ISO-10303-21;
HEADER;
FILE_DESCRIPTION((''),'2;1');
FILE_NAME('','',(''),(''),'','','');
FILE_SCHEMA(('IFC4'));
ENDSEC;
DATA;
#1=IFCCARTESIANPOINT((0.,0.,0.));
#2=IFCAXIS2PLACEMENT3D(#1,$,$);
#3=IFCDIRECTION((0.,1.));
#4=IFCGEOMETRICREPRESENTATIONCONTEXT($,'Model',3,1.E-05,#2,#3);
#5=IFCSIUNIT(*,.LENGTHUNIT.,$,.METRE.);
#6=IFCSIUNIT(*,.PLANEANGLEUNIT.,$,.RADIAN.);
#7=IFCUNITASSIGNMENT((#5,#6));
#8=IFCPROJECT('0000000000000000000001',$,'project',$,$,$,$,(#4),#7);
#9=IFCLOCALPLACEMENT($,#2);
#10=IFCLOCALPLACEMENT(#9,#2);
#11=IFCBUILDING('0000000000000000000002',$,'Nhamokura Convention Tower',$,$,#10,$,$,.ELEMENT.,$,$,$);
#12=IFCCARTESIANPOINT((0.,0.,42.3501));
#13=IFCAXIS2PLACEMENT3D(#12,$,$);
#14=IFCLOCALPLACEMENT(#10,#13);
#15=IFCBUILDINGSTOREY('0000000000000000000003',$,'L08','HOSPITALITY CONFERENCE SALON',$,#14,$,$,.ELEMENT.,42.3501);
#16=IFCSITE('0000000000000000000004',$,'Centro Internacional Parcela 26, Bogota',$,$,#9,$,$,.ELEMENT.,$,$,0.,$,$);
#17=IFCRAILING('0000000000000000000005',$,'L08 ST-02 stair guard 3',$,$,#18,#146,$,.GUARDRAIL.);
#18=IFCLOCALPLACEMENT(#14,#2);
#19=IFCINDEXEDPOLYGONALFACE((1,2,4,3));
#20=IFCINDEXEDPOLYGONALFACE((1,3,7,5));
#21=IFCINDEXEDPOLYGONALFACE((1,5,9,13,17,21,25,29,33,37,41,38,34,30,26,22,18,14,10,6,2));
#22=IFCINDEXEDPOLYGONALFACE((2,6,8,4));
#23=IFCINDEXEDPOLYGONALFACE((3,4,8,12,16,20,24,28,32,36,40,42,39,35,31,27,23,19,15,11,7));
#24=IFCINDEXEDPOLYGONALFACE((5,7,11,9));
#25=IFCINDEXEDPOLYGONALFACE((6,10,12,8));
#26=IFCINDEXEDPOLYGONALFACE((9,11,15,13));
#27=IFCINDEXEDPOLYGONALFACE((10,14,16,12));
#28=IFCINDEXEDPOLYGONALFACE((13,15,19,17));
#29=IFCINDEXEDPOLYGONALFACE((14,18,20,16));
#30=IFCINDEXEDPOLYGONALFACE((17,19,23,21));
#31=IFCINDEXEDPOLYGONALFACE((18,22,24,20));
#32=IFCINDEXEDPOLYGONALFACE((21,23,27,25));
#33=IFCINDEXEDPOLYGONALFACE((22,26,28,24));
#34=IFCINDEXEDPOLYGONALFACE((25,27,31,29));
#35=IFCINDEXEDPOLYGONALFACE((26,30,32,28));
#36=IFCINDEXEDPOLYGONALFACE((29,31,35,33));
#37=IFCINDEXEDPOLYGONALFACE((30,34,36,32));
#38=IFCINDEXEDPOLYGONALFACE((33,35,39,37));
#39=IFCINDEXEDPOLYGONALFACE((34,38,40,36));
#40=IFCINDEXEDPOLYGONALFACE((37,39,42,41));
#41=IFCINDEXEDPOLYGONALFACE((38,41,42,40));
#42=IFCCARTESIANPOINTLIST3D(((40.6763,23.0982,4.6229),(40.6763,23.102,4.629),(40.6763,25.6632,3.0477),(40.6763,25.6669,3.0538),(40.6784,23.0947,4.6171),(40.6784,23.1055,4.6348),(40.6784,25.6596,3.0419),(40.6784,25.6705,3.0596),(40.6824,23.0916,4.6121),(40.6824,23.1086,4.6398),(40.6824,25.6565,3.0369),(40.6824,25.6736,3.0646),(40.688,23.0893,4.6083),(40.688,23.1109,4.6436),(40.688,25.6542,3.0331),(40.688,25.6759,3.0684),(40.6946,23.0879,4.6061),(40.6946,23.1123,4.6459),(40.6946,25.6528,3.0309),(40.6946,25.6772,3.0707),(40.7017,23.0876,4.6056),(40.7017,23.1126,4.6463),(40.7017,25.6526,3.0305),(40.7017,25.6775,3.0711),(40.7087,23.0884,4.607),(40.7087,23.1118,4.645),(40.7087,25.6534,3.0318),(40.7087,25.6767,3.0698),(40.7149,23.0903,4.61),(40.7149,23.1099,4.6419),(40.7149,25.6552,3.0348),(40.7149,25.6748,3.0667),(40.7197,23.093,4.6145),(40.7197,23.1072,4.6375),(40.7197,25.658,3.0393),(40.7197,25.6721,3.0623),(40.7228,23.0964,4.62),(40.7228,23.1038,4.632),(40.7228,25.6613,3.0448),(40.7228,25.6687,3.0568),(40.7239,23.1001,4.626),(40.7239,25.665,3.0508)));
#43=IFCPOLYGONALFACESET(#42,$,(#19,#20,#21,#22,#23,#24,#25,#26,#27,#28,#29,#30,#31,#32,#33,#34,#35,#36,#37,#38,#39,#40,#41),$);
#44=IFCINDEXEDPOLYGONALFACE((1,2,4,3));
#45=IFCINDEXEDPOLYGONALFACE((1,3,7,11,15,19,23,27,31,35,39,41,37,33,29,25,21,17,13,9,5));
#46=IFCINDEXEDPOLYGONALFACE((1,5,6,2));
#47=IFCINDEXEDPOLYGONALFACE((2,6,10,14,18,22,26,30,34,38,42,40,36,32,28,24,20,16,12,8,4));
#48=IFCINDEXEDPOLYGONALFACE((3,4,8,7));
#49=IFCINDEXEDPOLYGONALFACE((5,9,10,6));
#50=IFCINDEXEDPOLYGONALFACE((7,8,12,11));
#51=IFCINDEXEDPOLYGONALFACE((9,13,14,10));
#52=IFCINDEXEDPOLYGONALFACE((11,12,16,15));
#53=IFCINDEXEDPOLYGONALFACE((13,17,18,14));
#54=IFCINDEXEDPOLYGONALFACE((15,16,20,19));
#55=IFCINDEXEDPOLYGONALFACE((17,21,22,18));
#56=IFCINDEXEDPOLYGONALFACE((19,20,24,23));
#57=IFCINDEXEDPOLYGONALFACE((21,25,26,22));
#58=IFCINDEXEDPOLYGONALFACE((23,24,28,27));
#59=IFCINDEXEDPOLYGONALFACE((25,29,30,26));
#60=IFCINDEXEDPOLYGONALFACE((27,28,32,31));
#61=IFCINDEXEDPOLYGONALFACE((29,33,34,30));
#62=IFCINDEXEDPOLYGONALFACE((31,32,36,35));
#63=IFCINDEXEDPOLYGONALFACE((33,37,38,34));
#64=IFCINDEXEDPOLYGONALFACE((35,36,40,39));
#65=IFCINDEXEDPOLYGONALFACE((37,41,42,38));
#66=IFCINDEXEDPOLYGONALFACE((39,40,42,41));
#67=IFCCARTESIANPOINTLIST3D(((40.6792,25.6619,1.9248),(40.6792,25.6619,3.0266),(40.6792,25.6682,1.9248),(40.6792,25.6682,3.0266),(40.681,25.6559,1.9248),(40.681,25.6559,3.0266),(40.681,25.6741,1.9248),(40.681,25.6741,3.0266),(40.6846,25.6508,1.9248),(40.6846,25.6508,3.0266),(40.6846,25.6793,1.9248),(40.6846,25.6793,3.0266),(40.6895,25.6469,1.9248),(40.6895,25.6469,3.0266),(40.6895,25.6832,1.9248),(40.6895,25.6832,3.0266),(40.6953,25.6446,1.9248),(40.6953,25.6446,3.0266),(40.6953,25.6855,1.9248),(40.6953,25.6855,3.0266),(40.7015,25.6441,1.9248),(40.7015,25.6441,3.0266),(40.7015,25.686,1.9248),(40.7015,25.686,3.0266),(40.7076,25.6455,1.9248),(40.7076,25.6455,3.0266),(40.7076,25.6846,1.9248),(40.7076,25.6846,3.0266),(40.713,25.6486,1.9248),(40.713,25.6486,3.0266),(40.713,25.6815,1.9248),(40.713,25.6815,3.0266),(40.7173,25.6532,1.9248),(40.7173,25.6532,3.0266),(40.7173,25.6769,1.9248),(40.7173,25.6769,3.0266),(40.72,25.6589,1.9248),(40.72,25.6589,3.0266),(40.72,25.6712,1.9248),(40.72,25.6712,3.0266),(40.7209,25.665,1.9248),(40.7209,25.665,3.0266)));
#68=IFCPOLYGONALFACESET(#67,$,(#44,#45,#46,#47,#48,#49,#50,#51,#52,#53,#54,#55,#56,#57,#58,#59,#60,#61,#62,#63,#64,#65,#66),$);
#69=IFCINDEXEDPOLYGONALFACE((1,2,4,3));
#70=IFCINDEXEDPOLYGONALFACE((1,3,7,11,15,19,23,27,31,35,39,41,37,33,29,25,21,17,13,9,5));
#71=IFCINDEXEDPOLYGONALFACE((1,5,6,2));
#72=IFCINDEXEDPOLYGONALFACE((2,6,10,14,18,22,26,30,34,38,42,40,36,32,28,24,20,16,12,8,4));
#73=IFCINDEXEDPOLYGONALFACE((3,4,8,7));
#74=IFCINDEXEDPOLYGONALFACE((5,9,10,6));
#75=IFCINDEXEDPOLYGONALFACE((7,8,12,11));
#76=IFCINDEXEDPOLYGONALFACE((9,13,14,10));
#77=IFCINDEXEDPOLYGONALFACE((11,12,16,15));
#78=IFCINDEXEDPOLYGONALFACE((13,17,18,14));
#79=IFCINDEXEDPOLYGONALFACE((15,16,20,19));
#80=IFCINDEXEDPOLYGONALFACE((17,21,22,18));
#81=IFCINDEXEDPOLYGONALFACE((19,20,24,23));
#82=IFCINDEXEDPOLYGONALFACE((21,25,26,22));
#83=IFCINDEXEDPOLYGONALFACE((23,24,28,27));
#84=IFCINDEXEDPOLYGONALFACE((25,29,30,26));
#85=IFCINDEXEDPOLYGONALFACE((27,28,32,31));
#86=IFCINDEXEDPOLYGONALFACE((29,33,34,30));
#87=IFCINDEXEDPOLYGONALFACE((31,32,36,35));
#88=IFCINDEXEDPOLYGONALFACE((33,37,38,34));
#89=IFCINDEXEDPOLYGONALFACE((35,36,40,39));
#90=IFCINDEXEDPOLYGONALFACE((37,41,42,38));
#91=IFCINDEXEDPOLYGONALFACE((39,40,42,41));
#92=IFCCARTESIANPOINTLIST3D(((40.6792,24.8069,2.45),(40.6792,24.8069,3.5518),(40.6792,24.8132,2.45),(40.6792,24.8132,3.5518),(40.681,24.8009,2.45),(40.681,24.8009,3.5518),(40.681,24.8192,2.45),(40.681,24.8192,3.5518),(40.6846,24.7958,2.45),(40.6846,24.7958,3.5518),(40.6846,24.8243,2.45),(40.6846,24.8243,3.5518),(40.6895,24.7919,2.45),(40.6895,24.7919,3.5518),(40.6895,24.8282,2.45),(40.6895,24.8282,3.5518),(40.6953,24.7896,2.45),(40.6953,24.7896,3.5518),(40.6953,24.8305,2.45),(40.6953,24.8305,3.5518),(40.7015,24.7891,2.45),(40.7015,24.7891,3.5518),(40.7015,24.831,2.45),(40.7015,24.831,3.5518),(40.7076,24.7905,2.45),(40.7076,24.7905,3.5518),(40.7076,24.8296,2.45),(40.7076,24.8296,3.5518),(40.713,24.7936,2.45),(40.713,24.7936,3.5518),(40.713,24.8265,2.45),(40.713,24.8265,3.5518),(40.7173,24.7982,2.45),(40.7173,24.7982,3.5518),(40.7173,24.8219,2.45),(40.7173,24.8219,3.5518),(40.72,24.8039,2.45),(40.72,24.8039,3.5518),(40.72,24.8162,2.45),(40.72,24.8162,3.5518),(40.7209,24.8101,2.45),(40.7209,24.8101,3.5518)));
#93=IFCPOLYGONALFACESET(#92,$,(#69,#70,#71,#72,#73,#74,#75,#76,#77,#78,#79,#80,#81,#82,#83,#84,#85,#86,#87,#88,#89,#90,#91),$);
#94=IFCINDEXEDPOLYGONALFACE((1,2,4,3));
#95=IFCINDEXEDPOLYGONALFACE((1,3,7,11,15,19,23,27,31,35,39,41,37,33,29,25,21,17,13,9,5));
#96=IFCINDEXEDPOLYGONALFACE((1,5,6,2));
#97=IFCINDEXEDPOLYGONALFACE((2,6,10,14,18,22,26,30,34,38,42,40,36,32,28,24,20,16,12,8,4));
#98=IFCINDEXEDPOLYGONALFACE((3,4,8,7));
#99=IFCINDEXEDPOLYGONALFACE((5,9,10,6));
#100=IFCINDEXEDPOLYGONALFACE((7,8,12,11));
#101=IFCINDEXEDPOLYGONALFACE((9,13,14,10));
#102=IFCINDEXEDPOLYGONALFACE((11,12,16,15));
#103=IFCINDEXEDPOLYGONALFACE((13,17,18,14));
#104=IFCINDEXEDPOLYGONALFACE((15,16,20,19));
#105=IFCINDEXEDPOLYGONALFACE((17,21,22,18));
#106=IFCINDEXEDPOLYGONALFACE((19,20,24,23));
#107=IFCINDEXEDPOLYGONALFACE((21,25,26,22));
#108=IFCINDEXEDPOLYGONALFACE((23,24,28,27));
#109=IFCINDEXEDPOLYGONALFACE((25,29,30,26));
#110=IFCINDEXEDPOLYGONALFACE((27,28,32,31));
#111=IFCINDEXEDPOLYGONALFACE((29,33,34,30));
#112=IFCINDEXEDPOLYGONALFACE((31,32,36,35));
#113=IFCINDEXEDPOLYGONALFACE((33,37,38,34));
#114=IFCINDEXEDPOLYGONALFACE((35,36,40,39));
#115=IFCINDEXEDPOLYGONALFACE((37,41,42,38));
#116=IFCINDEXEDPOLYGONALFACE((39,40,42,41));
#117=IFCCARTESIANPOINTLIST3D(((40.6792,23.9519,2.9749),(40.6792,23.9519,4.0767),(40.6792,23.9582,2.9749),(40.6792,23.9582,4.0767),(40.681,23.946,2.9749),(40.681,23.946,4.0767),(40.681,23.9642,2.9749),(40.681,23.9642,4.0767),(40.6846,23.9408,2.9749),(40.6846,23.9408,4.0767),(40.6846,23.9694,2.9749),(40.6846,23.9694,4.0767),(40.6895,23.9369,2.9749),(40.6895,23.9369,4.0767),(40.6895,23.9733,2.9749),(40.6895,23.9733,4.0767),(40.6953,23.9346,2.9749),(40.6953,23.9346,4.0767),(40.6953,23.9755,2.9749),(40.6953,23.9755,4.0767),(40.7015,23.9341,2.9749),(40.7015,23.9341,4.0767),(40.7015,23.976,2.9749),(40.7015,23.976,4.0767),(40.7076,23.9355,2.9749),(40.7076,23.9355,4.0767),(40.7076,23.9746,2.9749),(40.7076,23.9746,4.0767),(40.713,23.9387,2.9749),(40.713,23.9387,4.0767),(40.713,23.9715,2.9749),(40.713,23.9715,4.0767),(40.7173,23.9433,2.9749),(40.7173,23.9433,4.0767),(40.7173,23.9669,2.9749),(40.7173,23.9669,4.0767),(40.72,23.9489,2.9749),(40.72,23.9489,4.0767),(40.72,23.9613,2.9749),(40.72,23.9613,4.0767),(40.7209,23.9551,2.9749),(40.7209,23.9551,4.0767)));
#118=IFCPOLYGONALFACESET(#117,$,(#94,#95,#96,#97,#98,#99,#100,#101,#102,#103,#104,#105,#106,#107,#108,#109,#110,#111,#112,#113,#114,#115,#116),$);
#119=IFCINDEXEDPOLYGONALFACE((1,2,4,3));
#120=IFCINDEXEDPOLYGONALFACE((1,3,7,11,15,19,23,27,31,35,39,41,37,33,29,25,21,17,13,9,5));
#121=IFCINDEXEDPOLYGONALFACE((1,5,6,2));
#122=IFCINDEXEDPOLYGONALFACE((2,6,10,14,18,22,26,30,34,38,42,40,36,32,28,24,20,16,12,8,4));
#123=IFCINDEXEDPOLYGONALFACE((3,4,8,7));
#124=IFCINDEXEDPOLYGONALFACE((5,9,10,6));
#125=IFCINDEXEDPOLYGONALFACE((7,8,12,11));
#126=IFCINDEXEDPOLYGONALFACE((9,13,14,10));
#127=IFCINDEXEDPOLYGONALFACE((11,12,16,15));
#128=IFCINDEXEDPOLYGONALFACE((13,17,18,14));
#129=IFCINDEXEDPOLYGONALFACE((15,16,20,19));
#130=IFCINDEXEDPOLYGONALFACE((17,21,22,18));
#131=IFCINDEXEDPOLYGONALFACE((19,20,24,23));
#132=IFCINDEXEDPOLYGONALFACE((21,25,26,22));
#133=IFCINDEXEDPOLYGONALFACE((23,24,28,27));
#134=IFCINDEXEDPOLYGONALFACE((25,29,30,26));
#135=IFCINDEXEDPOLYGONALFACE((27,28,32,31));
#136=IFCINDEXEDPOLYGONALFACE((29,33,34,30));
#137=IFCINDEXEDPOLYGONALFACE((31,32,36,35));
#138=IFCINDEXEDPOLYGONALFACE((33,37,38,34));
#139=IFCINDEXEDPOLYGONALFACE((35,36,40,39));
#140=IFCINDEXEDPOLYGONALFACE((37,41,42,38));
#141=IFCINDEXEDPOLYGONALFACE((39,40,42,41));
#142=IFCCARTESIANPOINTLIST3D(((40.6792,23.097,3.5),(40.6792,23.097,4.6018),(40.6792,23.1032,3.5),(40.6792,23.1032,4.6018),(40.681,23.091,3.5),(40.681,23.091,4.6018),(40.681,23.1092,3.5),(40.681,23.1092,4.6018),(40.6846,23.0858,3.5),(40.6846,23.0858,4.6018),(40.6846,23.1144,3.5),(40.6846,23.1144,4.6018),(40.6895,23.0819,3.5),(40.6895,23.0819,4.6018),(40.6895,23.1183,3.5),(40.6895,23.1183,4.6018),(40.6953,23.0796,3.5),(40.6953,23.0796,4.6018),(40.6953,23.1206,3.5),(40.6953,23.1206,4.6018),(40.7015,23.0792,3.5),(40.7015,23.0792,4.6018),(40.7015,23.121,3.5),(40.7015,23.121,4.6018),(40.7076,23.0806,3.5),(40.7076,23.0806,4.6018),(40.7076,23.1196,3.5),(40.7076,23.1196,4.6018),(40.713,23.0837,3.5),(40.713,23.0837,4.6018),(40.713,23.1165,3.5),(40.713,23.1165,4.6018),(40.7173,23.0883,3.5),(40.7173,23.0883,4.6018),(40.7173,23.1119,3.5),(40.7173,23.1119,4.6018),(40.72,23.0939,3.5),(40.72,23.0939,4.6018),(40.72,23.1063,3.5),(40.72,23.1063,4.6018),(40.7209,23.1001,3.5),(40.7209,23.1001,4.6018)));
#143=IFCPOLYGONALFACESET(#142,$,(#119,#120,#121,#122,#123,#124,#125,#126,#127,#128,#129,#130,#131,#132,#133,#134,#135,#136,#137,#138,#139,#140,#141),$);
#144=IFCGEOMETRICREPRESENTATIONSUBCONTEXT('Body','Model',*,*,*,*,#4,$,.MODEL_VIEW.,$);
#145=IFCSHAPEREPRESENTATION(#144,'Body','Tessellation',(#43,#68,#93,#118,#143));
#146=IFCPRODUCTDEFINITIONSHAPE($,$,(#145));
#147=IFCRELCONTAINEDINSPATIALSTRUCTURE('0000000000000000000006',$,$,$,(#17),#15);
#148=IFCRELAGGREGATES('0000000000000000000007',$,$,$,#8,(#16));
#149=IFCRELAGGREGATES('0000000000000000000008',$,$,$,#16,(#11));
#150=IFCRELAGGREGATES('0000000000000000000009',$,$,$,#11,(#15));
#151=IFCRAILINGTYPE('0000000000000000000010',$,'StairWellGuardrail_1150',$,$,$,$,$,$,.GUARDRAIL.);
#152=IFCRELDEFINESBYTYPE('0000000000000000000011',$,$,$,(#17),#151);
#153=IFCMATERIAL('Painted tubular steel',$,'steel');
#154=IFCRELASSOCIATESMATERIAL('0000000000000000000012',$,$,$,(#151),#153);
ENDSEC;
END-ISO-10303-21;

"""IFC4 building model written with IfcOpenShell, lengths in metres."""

from ifc_helpers import new_model, si_unit, direction, frame, origin, origin_2d, place, context, subcontext, project, spatial, circle, extrude, material, type_object, element, save


model = new_model("IFC4")

# Units and contexts
model_context = context("Model", 3, precision=1e-05, world=origin(), true_north=direction((0.0, 1.0)))
body_context = subcontext(model_context, "Body", "Model", "MODEL_VIEW")
ifc_project = project(units=[si_unit("LENGTHUNIT", "METRE"), si_unit("PLANEANGLEUNIT", "RADIAN")], contexts=[model_context])

# Site, building, storey
site_placement = place(None, origin())
site = spatial("IfcSite", under=ifc_project, at=site_placement, Name="Centro Internacional Parcela 26, Bogota", CompositionType="ELEMENT", RefElevation=0.0)
building_placement = place(site_placement, origin())
building = spatial("IfcBuilding", under=site, at=building_placement, Name="Nhamokura Convention Tower", CompositionType="ELEMENT")
storey_placement = place(building_placement, frame((0.0, 0.0, 42.3501)))
storey = spatial("IfcBuildingStorey", under=building, at=storey_placement, Name="L08", Description="HOSPITALITY CONFERENCE SALON", CompositionType="ELEMENT", Elevation=42.3501)

# Railing
ifc_material_1 = material(Name="Painted tubular steel", Category="steel")
railing_type_1 = type_object("IfcRailingType", Name="StairWellGuardrail_1150", PredefinedType="GUARDRAIL", material=ifc_material_1)
railing_1_placement = place(storey_placement, frame((40.7, 25.665, 1.9248)))
element("IfcRailing", 1, at=railing_1_placement, inside=storey, type_object=railing_type_1, Name="L08 ST-02 stair guard 3", PredefinedType="GUARDRAIL", context=body_context, shape_type="SweptSolid", body=[
    extrude(circle(Radius=0.0239, at=origin_2d()), frame((0.0, 0.0, 1.126), z_axis=(0.0, -0.852137, 0.523319), x_axis=(1.0, 0.0, 0.0)), (0.0, 0.0, 1.0), 3.01),
    extrude(circle(Radius=0.021, at=origin_2d()), origin(), (0.0, 0.0, 1.0), 1.1018),
    extrude(circle(Radius=0.021, at=origin_2d()), frame((0.0, -0.855, 0.5251)), (0.0, 0.0, 1.0), 1.1018),
    extrude(circle(Radius=0.021, at=origin_2d()), frame((0.0, -1.71, 1.05)), (0.0, 0.0, 1.0), 1.1018),
    extrude(circle(Radius=0.021, at=origin_2d()), frame((0.0, -2.5649, 1.5752)), (0.0, 0.0, 1.0), 1.1018),
])

save(model, "model.ifc")
